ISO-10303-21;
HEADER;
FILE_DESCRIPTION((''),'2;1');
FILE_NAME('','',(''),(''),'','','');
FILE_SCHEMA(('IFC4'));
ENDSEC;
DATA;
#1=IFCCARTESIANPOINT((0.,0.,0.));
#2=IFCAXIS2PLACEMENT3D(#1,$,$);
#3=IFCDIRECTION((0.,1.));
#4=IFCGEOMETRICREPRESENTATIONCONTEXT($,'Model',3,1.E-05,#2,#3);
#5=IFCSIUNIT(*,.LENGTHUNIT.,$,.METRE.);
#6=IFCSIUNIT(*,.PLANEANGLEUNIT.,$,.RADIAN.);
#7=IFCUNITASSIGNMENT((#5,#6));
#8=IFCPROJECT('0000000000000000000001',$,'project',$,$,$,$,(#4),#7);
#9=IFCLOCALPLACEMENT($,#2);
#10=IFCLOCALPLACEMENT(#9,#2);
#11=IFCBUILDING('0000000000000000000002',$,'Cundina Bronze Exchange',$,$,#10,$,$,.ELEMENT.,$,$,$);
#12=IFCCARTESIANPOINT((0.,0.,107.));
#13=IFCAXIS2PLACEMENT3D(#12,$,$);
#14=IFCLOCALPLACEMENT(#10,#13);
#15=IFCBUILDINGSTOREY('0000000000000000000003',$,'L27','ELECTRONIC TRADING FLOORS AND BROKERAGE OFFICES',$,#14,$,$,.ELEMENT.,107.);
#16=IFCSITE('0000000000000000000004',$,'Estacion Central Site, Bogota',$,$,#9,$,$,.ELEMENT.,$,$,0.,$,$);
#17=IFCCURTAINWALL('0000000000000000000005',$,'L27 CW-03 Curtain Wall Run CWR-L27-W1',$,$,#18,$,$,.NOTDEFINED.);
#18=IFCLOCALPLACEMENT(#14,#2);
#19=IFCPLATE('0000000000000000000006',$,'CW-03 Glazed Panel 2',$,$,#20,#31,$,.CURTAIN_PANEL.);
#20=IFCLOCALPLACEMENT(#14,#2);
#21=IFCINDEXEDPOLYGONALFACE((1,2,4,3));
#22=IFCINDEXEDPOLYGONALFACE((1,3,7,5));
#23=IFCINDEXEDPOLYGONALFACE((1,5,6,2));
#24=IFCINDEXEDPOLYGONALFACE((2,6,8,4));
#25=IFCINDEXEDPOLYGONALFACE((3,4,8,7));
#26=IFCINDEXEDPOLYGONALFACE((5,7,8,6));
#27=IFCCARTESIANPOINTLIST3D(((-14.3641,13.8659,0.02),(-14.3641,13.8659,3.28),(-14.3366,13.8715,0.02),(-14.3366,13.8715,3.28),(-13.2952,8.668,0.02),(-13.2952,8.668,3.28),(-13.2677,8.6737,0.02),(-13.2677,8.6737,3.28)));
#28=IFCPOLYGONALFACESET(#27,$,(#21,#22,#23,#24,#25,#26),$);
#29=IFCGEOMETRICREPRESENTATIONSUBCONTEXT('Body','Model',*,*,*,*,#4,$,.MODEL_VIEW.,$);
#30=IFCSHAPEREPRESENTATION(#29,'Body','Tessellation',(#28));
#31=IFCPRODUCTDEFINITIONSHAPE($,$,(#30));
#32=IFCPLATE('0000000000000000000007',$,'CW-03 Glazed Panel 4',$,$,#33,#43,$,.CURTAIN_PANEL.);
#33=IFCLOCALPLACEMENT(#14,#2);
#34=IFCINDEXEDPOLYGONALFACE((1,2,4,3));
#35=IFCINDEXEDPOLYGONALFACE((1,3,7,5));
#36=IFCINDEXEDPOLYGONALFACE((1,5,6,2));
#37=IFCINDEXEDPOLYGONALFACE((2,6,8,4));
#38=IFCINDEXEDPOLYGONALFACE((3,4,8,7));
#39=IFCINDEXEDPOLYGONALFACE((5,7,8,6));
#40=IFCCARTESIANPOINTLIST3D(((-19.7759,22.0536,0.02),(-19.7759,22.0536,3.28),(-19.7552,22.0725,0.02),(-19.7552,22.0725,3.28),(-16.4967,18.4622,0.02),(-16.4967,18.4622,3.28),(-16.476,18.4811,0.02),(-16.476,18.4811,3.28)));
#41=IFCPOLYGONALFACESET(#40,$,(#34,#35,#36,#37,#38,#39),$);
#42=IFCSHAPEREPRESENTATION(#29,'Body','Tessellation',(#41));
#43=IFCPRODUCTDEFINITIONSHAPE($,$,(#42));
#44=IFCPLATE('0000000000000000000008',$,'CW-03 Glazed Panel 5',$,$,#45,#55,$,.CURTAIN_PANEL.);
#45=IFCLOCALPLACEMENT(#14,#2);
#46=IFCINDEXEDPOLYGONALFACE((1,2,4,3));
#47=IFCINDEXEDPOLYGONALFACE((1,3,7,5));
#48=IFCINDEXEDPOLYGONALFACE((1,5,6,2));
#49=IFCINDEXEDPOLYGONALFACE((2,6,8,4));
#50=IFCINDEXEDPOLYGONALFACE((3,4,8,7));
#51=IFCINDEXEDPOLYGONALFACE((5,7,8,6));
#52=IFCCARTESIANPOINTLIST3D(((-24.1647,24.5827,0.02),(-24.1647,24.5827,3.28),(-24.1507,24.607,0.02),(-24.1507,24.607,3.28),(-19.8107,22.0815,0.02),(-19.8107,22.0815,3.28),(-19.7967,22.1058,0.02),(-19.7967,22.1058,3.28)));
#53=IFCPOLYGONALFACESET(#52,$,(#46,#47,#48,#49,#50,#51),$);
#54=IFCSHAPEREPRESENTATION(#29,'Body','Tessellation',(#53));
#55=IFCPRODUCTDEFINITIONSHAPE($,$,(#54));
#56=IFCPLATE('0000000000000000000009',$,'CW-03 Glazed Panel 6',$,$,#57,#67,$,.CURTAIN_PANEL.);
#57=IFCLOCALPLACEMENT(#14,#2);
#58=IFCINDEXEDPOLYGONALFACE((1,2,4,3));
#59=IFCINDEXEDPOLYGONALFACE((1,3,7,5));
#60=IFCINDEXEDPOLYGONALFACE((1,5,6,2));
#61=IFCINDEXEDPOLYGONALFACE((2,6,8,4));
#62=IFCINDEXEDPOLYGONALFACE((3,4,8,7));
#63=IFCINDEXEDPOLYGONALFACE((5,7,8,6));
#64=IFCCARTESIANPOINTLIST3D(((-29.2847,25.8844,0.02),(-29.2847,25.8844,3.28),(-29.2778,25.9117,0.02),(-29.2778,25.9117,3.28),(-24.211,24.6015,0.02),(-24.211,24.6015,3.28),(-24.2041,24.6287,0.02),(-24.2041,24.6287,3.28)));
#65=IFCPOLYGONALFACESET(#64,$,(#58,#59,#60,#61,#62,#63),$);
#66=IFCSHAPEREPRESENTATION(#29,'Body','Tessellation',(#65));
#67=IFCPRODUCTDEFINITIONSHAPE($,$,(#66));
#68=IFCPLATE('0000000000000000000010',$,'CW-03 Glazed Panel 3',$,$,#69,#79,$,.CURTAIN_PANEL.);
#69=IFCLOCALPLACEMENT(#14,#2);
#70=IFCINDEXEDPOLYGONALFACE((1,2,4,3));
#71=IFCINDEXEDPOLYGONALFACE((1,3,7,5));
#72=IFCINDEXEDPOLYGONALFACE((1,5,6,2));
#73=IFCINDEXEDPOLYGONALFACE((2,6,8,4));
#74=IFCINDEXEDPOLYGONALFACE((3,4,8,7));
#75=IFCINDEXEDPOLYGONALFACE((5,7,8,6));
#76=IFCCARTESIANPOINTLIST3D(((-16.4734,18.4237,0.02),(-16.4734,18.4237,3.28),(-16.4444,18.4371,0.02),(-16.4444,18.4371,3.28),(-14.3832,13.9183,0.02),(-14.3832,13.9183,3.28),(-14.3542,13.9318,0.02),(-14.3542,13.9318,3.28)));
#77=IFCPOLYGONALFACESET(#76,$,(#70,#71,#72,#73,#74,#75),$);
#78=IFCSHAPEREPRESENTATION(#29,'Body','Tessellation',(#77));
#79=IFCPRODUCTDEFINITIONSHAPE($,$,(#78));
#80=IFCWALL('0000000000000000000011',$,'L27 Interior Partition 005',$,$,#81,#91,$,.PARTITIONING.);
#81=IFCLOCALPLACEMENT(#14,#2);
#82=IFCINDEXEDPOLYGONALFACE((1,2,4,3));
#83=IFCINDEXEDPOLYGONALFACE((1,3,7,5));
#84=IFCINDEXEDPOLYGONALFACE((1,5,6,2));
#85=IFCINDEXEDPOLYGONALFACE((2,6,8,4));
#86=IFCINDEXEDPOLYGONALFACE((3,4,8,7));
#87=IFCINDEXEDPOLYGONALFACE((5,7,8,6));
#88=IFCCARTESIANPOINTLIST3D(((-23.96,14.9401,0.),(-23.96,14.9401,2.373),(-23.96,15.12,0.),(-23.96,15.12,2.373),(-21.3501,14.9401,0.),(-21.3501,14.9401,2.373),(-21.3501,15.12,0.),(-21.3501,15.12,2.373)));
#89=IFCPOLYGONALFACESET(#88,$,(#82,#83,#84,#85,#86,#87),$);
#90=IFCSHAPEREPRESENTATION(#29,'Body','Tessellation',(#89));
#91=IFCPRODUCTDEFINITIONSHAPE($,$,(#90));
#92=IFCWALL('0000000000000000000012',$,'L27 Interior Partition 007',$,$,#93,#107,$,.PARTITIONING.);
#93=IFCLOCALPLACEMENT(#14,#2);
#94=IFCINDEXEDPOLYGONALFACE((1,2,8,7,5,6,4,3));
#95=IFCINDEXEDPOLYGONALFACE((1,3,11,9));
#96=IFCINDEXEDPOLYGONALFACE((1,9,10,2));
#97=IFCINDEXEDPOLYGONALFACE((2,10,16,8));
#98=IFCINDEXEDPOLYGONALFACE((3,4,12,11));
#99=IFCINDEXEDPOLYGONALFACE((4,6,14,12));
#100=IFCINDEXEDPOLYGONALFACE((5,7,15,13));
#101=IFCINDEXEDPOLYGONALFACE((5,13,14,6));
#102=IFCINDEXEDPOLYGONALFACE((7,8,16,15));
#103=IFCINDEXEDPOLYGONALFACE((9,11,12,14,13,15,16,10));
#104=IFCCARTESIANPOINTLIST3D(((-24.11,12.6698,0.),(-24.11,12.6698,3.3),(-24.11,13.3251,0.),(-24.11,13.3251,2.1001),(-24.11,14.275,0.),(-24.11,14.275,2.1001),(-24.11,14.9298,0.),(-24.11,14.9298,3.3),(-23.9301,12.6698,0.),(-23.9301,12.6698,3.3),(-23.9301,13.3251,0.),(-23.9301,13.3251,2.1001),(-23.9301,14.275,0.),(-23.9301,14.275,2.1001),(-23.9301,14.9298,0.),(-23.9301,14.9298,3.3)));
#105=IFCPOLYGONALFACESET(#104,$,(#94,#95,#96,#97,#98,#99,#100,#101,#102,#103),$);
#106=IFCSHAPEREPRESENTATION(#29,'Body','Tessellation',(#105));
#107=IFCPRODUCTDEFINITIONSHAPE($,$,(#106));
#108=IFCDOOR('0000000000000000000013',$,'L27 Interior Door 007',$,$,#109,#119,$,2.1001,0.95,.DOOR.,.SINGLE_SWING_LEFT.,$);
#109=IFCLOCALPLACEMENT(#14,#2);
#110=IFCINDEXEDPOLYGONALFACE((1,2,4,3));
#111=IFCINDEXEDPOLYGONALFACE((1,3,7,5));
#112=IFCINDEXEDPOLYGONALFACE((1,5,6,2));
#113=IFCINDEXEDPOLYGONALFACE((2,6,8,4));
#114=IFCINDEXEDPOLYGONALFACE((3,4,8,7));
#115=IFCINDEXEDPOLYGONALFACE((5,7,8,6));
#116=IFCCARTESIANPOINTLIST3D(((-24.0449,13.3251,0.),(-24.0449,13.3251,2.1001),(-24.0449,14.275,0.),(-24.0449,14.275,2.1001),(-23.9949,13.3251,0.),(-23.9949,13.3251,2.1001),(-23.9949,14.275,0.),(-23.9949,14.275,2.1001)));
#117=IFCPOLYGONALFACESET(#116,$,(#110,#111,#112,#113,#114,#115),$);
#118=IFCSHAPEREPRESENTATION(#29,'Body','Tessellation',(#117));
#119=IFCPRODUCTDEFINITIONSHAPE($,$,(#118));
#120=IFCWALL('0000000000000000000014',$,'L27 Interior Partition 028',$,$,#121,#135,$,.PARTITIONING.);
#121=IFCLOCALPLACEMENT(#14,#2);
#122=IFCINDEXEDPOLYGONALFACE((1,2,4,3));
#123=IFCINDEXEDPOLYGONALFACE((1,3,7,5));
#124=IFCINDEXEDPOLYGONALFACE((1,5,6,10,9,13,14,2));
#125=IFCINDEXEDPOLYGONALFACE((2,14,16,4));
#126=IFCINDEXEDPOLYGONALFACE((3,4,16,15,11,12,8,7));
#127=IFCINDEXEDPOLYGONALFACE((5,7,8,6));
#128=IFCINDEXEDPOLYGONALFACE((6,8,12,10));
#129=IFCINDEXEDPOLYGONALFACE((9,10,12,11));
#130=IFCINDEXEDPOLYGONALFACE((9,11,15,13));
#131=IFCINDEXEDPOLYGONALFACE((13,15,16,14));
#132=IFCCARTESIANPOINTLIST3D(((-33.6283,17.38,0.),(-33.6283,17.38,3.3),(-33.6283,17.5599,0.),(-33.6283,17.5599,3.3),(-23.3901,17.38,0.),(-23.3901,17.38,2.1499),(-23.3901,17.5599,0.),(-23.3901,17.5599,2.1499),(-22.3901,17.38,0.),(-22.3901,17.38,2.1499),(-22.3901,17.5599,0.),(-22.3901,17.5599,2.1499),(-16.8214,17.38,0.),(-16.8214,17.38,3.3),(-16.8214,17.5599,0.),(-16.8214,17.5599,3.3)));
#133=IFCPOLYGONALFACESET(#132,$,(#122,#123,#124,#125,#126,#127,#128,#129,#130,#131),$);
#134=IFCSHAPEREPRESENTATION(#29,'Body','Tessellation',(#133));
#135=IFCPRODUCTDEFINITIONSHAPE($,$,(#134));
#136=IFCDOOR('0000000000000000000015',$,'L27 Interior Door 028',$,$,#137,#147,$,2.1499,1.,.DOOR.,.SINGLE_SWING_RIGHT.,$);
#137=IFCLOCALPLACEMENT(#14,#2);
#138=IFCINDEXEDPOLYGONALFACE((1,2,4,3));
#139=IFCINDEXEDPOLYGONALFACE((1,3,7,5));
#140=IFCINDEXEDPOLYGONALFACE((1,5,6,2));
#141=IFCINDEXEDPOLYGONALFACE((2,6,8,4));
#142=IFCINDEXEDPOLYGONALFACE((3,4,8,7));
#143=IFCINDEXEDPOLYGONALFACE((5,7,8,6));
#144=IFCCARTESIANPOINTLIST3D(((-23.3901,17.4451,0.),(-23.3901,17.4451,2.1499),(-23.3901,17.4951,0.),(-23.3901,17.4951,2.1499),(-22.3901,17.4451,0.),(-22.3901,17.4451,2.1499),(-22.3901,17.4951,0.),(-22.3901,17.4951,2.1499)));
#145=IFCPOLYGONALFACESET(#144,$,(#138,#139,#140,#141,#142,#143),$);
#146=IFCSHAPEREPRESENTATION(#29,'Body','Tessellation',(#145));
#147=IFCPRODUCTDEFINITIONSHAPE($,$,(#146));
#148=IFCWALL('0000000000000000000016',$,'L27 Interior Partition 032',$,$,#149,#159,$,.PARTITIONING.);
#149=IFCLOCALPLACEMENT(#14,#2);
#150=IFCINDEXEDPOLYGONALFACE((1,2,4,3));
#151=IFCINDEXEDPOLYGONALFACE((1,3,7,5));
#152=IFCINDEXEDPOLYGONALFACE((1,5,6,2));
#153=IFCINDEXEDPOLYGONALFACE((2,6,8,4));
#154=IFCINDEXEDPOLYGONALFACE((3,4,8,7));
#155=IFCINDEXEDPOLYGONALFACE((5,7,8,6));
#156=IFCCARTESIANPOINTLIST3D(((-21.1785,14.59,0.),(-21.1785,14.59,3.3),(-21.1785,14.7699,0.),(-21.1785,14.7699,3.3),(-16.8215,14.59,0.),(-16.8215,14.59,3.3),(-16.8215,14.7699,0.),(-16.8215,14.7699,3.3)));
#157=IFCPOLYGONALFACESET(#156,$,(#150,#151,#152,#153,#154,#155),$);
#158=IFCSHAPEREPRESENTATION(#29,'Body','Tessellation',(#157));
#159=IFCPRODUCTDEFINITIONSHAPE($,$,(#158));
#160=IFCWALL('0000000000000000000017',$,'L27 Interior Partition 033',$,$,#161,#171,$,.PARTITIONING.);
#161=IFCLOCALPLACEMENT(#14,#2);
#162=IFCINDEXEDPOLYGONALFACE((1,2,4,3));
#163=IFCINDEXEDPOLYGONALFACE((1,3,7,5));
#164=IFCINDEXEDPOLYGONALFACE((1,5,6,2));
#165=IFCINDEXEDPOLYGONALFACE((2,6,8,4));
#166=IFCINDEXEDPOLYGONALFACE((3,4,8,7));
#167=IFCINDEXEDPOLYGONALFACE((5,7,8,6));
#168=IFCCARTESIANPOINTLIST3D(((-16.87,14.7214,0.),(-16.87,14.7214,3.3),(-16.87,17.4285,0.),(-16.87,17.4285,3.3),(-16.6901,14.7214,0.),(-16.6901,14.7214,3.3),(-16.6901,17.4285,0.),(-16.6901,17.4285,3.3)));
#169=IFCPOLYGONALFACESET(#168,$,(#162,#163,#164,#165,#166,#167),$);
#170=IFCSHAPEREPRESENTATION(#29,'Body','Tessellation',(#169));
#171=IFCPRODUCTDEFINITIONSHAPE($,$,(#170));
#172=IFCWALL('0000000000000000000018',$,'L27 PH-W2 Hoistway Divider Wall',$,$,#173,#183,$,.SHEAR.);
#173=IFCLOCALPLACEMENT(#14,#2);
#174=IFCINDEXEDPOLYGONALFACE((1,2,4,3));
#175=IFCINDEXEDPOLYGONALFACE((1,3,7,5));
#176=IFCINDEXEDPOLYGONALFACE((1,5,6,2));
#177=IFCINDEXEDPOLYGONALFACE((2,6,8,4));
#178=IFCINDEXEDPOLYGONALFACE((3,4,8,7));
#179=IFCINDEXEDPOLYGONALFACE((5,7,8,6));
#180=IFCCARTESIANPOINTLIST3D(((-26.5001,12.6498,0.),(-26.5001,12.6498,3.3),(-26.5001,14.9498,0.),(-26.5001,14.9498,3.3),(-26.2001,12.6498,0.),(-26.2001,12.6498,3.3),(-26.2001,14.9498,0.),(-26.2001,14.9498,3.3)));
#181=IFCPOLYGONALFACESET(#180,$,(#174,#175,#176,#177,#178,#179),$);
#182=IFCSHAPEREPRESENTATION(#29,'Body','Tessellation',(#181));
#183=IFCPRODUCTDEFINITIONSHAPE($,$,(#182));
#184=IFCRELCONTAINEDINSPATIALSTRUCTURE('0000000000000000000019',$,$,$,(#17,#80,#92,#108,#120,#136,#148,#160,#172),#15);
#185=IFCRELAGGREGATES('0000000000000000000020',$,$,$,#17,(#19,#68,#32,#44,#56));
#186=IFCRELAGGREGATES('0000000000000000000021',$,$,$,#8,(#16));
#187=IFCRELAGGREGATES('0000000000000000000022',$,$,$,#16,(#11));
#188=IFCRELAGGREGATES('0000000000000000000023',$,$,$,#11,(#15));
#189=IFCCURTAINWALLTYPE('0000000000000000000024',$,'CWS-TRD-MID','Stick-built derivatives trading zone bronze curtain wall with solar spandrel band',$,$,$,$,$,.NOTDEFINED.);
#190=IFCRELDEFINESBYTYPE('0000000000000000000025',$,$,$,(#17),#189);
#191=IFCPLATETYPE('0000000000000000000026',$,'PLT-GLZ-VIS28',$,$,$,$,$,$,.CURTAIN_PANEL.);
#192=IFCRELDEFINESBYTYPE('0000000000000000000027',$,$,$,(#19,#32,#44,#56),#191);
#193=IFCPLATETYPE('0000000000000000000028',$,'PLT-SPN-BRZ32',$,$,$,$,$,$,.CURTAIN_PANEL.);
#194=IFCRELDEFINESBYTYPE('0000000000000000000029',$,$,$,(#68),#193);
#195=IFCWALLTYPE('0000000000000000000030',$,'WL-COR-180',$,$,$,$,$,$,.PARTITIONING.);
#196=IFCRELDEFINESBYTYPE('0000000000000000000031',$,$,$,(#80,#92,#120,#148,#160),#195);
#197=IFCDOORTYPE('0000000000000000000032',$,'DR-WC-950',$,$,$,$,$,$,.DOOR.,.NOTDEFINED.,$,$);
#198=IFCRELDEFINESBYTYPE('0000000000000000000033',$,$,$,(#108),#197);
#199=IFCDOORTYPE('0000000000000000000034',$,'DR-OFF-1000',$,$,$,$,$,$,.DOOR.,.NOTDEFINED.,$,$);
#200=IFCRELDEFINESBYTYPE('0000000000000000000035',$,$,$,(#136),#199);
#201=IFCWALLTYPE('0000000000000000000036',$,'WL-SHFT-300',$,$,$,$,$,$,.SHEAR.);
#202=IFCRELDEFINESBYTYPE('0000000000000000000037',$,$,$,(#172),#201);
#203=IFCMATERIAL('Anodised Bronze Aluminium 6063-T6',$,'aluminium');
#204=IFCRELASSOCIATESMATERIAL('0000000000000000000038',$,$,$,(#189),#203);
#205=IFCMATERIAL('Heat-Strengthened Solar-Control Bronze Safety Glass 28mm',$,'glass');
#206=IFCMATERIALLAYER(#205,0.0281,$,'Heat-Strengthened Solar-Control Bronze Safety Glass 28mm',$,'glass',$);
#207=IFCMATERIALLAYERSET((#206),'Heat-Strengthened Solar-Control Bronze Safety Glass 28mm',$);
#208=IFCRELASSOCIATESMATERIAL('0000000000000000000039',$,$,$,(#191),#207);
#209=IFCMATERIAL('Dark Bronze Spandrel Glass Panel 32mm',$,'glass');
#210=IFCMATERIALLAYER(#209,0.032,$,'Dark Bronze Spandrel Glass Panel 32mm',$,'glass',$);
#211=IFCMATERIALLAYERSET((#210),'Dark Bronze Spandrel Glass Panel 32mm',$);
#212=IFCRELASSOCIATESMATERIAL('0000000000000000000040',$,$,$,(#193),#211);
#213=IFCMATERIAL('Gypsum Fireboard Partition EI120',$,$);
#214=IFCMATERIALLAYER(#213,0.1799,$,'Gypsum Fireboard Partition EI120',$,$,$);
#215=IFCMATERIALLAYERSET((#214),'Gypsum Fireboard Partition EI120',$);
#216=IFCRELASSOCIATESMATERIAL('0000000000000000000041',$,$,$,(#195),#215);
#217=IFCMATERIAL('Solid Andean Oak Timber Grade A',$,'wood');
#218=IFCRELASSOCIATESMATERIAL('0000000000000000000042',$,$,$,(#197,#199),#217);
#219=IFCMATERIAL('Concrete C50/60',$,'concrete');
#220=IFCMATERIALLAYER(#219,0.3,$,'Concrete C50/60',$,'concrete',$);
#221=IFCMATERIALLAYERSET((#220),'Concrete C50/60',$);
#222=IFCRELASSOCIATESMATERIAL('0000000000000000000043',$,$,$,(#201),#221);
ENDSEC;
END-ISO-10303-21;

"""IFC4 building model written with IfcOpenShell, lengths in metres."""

from ifc_helpers import new_model, si_unit, direction, frame, frame_2d, origin, origin_2d, place, context, subcontext, project, spatial, rectangle, extrude, material, layer, layer_set, type_object, element, fill, aggregate, save


model = new_model("IFC4")

# Units and contexts
model_context = context("Model", 3, precision=1e-05, world=origin(), true_north=direction((0.0, 1.0)))
body_context = subcontext(model_context, "Body", "Model", "MODEL_VIEW")
ifc_project = project(units=[si_unit("LENGTHUNIT", "METRE"), si_unit("PLANEANGLEUNIT", "RADIAN")], contexts=[model_context])

# Site, building, storey
site_placement = place(None, origin())
site = spatial("IfcSite", under=ifc_project, at=site_placement, Name="Estacion Central Site, Bogota", CompositionType="ELEMENT", RefElevation=0.0)
building_placement = place(site_placement, origin())
building = spatial("IfcBuilding", under=site, at=building_placement, Name="Cundina Bronze Exchange", CompositionType="ELEMENT")
storey_placement = place(building_placement, frame((0.0, 0.0, 107.0)))
storey = spatial("IfcBuildingStorey", under=building, at=storey_placement, Name="L27", Description="ELECTRONIC TRADING FLOORS AND BROKERAGE OFFICES", CompositionType="ELEMENT", Elevation=107.0)

# Curtain wall, plates
ifc_material_1 = material(Name="Anodised Bronze Aluminium 6063-T6", Category="aluminium")
curtain_wall_type = type_object("IfcCurtainWallType", Name="CWS-TRD-MID", Description="Stick-built derivatives trading zone bronze curtain wall with solar spandrel band", PredefinedType="NOTDEFINED", material=ifc_material_1)
curtain_wall_placement = place(storey_placement, origin())
curtain_wall = element("IfcCurtainWall", 1, at=curtain_wall_placement, inside=storey, type_object=curtain_wall_type, Name="L27 CW-03 Curtain Wall Run CWR-L27-W1", PredefinedType="NOTDEFINED")
ifc_material_2 = material(Name="Heat-Strengthened Solar-Control Bronze Safety Glass 28mm", Category="glass")
ifc_layer_1 = layer(ifc_material_2, 0.0281, Name="Heat-Strengthened Solar-Control Bronze Safety Glass 28mm", Category="glass")
ifc_layer_set_1 = layer_set([ifc_layer_1], Name="Heat-Strengthened Solar-Control Bronze Safety Glass 28mm")
plate_type_1 = type_object("IfcPlateType", Name="PLT-GLZ-VIS28", PredefinedType="CURTAIN_PANEL", material=ifc_layer_set_1)
plate_1_placement = place(storey_placement, frame((-13.8159, 11.2698, 0.02), z_axis=(0.0, 0.0, 1.0), x_axis=(-0.20142, 0.979505, 0.0)))
plate_1 = element("IfcPlate", 2, at=plate_1_placement, type_object=plate_type_1, Name="CW-03 Glazed Panel 2", PredefinedType="CURTAIN_PANEL", context=body_context, shape_type="SweptSolid", body=[
    extrude(rectangle(XDim=5.3066, YDim=0.0281, at=origin_2d()), origin(), (0.0, 0.0, 1.0), 3.26),
])
plate_2_placement = place(storey_placement, frame((-18.126, 20.2673, 0.02), z_axis=(0.0, 0.0, 1.0), x_axis=(-0.674277, 0.738479, 0.0)))
plate_2 = element("IfcPlate", 3, at=plate_2_placement, type_object=plate_type_1, Name="CW-03 Glazed Panel 4", PredefinedType="CURTAIN_PANEL", context=body_context, shape_type="SweptSolid", body=[
    extrude(rectangle(XDim=4.8633, YDim=0.0281, at=origin_2d()), origin(), (0.0, 0.0, 1.0), 3.26),
])
plate_3_placement = place(storey_placement, frame((-21.9807, 23.3442, 0.02), z_axis=(0.0, 0.0, 1.0), x_axis=(-0.867105, 0.498125, 0.0)))
plate_3 = element("IfcPlate", 4, at=plate_3_placement, type_object=plate_type_1, Name="CW-03 Glazed Panel 5", PredefinedType="CURTAIN_PANEL", context=body_context, shape_type="SweptSolid", body=[
    extrude(rectangle(XDim=5.0212, YDim=0.0281, at=origin_2d()), origin(), (0.0, 0.0, 1.0), 3.26),
])
plate_4_placement = place(storey_placement, frame((-26.7444, 25.2566, 0.02), z_axis=(0.0, 0.0, 1.0), x_axis=(-0.969488, 0.245138, 0.0)))
plate_4 = element("IfcPlate", 5, at=plate_4_placement, type_object=plate_type_1, Name="CW-03 Glazed Panel 6", PredefinedType="CURTAIN_PANEL", context=body_context, shape_type="SweptSolid", body=[
    extrude(rectangle(XDim=5.2334, YDim=0.0281, at=origin_2d()), origin(), (0.0, 0.0, 1.0), 3.26),
])
ifc_material_3 = material(Name="Dark Bronze Spandrel Glass Panel 32mm", Category="glass")
ifc_layer_2 = layer(ifc_material_3, 0.032, Name="Dark Bronze Spandrel Glass Panel 32mm", Category="glass")
ifc_layer_set_2 = layer_set([ifc_layer_2], Name="Dark Bronze Spandrel Glass Panel 32mm")
plate_type_2 = type_object("IfcPlateType", Name="PLT-SPN-BRZ32", PredefinedType="CURTAIN_PANEL", material=ifc_layer_set_2)
plate_5_placement = place(storey_placement, frame((-15.4138, 16.1777, 0.02), z_axis=(0.0, 0.0, 1.0), x_axis=(-0.420846, 0.907132, 0.0)))
plate_5 = element("IfcPlate", 6, at=plate_5_placement, type_object=plate_type_2, Name="CW-03 Glazed Panel 3", PredefinedType="CURTAIN_PANEL", context=body_context, shape_type="SweptSolid", body=[
    extrude(rectangle(XDim=4.9666, YDim=0.032, at=origin_2d()), origin(), (0.0, 0.0, 1.0), 3.26),
])
aggregate(curtain_wall, [plate_1, plate_5, plate_2, plate_3, plate_4])

# Wall
ifc_material_4 = material(Name="Gypsum Fireboard Partition EI120")
ifc_layer_3 = layer(ifc_material_4, 0.1799, Name="Gypsum Fireboard Partition EI120")
ifc_layer_set_3 = layer_set([ifc_layer_3], Name="Gypsum Fireboard Partition EI120")
wall_type_1 = type_object("IfcWallType", Name="WL-COR-180", PredefinedType="PARTITIONING", material=ifc_layer_set_3)
wall_1_placement = place(storey_placement, frame((-23.96, 15.03, 0.0), z_axis=(0.0, 0.0, 1.0), x_axis=(1.0, 0.0, 0.0)))
element("IfcWall", 7, at=wall_1_placement, inside=storey, type_object=wall_type_1, Name="L27 Interior Partition 005", PredefinedType="PARTITIONING", context=body_context, shape_type="SweptSolid", body=[
    extrude(rectangle(XDim=2.6099, YDim=0.1799, at=frame_2d((1.3049, 0.0))), origin(), (0.0, 0.0, 1.0), 2.373),
])

# Walls, openings, doors
wall_2_placement = place(storey_placement, frame((-24.02, 12.6699, 0.0), z_axis=(0.0, 0.0, 1.0), x_axis=(0.0, 1.0, 0.0)))
wall_2 = element("IfcWall", 8, at=wall_2_placement, inside=storey, type_object=wall_type_1, Name="L27 Interior Partition 007", PredefinedType="PARTITIONING", context=body_context, shape_type="SweptSolid", body=[
    extrude(rectangle(XDim=2.26, YDim=0.1799, at=frame_2d((1.1299, 0.0))), origin(), (0.0, 0.0, 1.0), 3.3),
])
opening_1_placement = place(wall_2_placement, frame((0.655, 0.0, 0.0)))
opening_1 = element("IfcOpeningElement", 9, at=opening_1_placement, cuts=wall_2, PredefinedType="OPENING", context=body_context, shape_type="SweptSolid", body=[
    extrude(rectangle(XDim=0.95, YDim=2.1001, at=frame_2d((0.4751, 1.05))), frame((0.0, 0.0999, 0.0), z_axis=(0.0, -1.0, 0.0), x_axis=(1.0, 0.0, 0.0)), (0.0, 0.0, 1.0), 0.2),
])
ifc_material_5 = material(Name="Solid Andean Oak Timber Grade A", Category="wood")
door_type_1 = type_object("IfcDoorType", Name="DR-WC-950", OperationType="NOTDEFINED", PredefinedType="DOOR", material=ifc_material_5)
door_1_placement = place(opening_1_placement, origin())
door_1 = element("IfcDoor", 10, at=door_1_placement, inside=storey, type_object=door_type_1, Name="L27 Interior Door 007", OperationType="SINGLE_SWING_LEFT", OverallHeight=2.1001, OverallWidth=0.95, PredefinedType="DOOR", context=body_context, shape_type="SweptSolid", body=[
    extrude(rectangle(XDim=0.95, YDim=2.1001, at=frame_2d((0.4751, 1.05))), frame((0.0, 0.0249, 0.0), z_axis=(0.0, -1.0, 0.0), x_axis=(1.0, 0.0, 0.0)), (0.0, 0.0, 1.0), 0.05),
])
fill(opening_1, door_1)
wall_3_placement = place(storey_placement, frame((-16.8215, 17.47, 0.0), z_axis=(0.0, 0.0, 1.0), x_axis=(-1.0, 0.0, 0.0)))
wall_3 = element("IfcWall", 11, at=wall_3_placement, inside=storey, type_object=wall_type_1, Name="L27 Interior Partition 028", PredefinedType="PARTITIONING", context=body_context, shape_type="SweptSolid", body=[
    extrude(rectangle(XDim=16.8069, YDim=0.1799, at=frame_2d((8.4033, 0.0))), origin(), (0.0, 0.0, 1.0), 3.3),
])
opening_2_placement = place(wall_3_placement, frame((5.5686, 0.0, 0.0)))
opening_2 = element("IfcOpeningElement", 12, at=opening_2_placement, cuts=wall_3, PredefinedType="OPENING", context=body_context, shape_type="SweptSolid", body=[
    extrude(rectangle(XDim=1.0, YDim=2.1499, at=frame_2d((0.5, 1.075))), frame((0.0, 0.0999, 0.0), z_axis=(0.0, -1.0, 0.0), x_axis=(1.0, 0.0, 0.0)), (0.0, 0.0, 1.0), 0.2),
])
door_type_2 = type_object("IfcDoorType", Name="DR-OFF-1000", OperationType="NOTDEFINED", PredefinedType="DOOR", material=ifc_material_5)
door_2_placement = place(opening_2_placement, origin())
door_2 = element("IfcDoor", 13, at=door_2_placement, inside=storey, type_object=door_type_2, Name="L27 Interior Door 028", OperationType="SINGLE_SWING_RIGHT", OverallHeight=2.1499, OverallWidth=1.0, PredefinedType="DOOR", context=body_context, shape_type="SweptSolid", body=[
    extrude(rectangle(XDim=1.0, YDim=2.1499, at=frame_2d((0.5, 1.075))), frame((0.0, 0.0249, 0.0), z_axis=(0.0, -1.0, 0.0), x_axis=(1.0, 0.0, 0.0)), (0.0, 0.0, 1.0), 0.05),
])
fill(opening_2, door_2)

# Walls
wall_4_placement = place(storey_placement, frame((-21.1785, 14.6799, 0.0), z_axis=(0.0, 0.0, 1.0), x_axis=(1.0, 0.0, 0.0)))
element("IfcWall", 14, at=wall_4_placement, inside=storey, type_object=wall_type_1, Name="L27 Interior Partition 032", PredefinedType="PARTITIONING", context=body_context, shape_type="SweptSolid", body=[
    extrude(rectangle(XDim=4.3569, YDim=0.1799, at=frame_2d((2.1785, 0.0))), origin(), (0.0, 0.0, 1.0), 3.3),
])
wall_5_placement = place(storey_placement, frame((-16.78, 14.7214, 0.0), z_axis=(0.0, 0.0, 1.0), x_axis=(0.0, 1.0, 0.0)))
element("IfcWall", 15, at=wall_5_placement, inside=storey, type_object=wall_type_1, Name="L27 Interior Partition 033", PredefinedType="PARTITIONING", context=body_context, shape_type="SweptSolid", body=[
    extrude(rectangle(XDim=2.707, YDim=0.1799, at=frame_2d((1.3535, 0.0))), origin(), (0.0, 0.0, 1.0), 3.3),
])

# Shared definitions
ifc_material_6 = material(Name="Concrete C50/60", Category="concrete")
ifc_layer_4 = layer(ifc_material_6, 0.3, Name="Concrete C50/60", Category="concrete")
ifc_layer_set_4 = layer_set([ifc_layer_4], Name="Concrete C50/60")
wall_type_2 = type_object("IfcWallType", Name="WL-SHFT-300", PredefinedType="SHEAR", material=ifc_layer_set_4)

# Wall
wall_6_placement = place(storey_placement, frame((-26.3501, 12.6499, 0.0), z_axis=(0.0, 0.0, 1.0), x_axis=(0.0, 1.0, 0.0)))
element("IfcWall", 16, at=wall_6_placement, inside=storey, type_object=wall_type_2, Name="L27 PH-W2 Hoistway Divider Wall", PredefinedType="SHEAR", context=body_context, shape_type="SweptSolid", body=[
    extrude(rectangle(XDim=2.3, YDim=0.3, at=frame_2d((1.1499, 0.0))), origin(), (0.0, 0.0, 1.0), 3.3),
])

save(model, "model.ifc")
